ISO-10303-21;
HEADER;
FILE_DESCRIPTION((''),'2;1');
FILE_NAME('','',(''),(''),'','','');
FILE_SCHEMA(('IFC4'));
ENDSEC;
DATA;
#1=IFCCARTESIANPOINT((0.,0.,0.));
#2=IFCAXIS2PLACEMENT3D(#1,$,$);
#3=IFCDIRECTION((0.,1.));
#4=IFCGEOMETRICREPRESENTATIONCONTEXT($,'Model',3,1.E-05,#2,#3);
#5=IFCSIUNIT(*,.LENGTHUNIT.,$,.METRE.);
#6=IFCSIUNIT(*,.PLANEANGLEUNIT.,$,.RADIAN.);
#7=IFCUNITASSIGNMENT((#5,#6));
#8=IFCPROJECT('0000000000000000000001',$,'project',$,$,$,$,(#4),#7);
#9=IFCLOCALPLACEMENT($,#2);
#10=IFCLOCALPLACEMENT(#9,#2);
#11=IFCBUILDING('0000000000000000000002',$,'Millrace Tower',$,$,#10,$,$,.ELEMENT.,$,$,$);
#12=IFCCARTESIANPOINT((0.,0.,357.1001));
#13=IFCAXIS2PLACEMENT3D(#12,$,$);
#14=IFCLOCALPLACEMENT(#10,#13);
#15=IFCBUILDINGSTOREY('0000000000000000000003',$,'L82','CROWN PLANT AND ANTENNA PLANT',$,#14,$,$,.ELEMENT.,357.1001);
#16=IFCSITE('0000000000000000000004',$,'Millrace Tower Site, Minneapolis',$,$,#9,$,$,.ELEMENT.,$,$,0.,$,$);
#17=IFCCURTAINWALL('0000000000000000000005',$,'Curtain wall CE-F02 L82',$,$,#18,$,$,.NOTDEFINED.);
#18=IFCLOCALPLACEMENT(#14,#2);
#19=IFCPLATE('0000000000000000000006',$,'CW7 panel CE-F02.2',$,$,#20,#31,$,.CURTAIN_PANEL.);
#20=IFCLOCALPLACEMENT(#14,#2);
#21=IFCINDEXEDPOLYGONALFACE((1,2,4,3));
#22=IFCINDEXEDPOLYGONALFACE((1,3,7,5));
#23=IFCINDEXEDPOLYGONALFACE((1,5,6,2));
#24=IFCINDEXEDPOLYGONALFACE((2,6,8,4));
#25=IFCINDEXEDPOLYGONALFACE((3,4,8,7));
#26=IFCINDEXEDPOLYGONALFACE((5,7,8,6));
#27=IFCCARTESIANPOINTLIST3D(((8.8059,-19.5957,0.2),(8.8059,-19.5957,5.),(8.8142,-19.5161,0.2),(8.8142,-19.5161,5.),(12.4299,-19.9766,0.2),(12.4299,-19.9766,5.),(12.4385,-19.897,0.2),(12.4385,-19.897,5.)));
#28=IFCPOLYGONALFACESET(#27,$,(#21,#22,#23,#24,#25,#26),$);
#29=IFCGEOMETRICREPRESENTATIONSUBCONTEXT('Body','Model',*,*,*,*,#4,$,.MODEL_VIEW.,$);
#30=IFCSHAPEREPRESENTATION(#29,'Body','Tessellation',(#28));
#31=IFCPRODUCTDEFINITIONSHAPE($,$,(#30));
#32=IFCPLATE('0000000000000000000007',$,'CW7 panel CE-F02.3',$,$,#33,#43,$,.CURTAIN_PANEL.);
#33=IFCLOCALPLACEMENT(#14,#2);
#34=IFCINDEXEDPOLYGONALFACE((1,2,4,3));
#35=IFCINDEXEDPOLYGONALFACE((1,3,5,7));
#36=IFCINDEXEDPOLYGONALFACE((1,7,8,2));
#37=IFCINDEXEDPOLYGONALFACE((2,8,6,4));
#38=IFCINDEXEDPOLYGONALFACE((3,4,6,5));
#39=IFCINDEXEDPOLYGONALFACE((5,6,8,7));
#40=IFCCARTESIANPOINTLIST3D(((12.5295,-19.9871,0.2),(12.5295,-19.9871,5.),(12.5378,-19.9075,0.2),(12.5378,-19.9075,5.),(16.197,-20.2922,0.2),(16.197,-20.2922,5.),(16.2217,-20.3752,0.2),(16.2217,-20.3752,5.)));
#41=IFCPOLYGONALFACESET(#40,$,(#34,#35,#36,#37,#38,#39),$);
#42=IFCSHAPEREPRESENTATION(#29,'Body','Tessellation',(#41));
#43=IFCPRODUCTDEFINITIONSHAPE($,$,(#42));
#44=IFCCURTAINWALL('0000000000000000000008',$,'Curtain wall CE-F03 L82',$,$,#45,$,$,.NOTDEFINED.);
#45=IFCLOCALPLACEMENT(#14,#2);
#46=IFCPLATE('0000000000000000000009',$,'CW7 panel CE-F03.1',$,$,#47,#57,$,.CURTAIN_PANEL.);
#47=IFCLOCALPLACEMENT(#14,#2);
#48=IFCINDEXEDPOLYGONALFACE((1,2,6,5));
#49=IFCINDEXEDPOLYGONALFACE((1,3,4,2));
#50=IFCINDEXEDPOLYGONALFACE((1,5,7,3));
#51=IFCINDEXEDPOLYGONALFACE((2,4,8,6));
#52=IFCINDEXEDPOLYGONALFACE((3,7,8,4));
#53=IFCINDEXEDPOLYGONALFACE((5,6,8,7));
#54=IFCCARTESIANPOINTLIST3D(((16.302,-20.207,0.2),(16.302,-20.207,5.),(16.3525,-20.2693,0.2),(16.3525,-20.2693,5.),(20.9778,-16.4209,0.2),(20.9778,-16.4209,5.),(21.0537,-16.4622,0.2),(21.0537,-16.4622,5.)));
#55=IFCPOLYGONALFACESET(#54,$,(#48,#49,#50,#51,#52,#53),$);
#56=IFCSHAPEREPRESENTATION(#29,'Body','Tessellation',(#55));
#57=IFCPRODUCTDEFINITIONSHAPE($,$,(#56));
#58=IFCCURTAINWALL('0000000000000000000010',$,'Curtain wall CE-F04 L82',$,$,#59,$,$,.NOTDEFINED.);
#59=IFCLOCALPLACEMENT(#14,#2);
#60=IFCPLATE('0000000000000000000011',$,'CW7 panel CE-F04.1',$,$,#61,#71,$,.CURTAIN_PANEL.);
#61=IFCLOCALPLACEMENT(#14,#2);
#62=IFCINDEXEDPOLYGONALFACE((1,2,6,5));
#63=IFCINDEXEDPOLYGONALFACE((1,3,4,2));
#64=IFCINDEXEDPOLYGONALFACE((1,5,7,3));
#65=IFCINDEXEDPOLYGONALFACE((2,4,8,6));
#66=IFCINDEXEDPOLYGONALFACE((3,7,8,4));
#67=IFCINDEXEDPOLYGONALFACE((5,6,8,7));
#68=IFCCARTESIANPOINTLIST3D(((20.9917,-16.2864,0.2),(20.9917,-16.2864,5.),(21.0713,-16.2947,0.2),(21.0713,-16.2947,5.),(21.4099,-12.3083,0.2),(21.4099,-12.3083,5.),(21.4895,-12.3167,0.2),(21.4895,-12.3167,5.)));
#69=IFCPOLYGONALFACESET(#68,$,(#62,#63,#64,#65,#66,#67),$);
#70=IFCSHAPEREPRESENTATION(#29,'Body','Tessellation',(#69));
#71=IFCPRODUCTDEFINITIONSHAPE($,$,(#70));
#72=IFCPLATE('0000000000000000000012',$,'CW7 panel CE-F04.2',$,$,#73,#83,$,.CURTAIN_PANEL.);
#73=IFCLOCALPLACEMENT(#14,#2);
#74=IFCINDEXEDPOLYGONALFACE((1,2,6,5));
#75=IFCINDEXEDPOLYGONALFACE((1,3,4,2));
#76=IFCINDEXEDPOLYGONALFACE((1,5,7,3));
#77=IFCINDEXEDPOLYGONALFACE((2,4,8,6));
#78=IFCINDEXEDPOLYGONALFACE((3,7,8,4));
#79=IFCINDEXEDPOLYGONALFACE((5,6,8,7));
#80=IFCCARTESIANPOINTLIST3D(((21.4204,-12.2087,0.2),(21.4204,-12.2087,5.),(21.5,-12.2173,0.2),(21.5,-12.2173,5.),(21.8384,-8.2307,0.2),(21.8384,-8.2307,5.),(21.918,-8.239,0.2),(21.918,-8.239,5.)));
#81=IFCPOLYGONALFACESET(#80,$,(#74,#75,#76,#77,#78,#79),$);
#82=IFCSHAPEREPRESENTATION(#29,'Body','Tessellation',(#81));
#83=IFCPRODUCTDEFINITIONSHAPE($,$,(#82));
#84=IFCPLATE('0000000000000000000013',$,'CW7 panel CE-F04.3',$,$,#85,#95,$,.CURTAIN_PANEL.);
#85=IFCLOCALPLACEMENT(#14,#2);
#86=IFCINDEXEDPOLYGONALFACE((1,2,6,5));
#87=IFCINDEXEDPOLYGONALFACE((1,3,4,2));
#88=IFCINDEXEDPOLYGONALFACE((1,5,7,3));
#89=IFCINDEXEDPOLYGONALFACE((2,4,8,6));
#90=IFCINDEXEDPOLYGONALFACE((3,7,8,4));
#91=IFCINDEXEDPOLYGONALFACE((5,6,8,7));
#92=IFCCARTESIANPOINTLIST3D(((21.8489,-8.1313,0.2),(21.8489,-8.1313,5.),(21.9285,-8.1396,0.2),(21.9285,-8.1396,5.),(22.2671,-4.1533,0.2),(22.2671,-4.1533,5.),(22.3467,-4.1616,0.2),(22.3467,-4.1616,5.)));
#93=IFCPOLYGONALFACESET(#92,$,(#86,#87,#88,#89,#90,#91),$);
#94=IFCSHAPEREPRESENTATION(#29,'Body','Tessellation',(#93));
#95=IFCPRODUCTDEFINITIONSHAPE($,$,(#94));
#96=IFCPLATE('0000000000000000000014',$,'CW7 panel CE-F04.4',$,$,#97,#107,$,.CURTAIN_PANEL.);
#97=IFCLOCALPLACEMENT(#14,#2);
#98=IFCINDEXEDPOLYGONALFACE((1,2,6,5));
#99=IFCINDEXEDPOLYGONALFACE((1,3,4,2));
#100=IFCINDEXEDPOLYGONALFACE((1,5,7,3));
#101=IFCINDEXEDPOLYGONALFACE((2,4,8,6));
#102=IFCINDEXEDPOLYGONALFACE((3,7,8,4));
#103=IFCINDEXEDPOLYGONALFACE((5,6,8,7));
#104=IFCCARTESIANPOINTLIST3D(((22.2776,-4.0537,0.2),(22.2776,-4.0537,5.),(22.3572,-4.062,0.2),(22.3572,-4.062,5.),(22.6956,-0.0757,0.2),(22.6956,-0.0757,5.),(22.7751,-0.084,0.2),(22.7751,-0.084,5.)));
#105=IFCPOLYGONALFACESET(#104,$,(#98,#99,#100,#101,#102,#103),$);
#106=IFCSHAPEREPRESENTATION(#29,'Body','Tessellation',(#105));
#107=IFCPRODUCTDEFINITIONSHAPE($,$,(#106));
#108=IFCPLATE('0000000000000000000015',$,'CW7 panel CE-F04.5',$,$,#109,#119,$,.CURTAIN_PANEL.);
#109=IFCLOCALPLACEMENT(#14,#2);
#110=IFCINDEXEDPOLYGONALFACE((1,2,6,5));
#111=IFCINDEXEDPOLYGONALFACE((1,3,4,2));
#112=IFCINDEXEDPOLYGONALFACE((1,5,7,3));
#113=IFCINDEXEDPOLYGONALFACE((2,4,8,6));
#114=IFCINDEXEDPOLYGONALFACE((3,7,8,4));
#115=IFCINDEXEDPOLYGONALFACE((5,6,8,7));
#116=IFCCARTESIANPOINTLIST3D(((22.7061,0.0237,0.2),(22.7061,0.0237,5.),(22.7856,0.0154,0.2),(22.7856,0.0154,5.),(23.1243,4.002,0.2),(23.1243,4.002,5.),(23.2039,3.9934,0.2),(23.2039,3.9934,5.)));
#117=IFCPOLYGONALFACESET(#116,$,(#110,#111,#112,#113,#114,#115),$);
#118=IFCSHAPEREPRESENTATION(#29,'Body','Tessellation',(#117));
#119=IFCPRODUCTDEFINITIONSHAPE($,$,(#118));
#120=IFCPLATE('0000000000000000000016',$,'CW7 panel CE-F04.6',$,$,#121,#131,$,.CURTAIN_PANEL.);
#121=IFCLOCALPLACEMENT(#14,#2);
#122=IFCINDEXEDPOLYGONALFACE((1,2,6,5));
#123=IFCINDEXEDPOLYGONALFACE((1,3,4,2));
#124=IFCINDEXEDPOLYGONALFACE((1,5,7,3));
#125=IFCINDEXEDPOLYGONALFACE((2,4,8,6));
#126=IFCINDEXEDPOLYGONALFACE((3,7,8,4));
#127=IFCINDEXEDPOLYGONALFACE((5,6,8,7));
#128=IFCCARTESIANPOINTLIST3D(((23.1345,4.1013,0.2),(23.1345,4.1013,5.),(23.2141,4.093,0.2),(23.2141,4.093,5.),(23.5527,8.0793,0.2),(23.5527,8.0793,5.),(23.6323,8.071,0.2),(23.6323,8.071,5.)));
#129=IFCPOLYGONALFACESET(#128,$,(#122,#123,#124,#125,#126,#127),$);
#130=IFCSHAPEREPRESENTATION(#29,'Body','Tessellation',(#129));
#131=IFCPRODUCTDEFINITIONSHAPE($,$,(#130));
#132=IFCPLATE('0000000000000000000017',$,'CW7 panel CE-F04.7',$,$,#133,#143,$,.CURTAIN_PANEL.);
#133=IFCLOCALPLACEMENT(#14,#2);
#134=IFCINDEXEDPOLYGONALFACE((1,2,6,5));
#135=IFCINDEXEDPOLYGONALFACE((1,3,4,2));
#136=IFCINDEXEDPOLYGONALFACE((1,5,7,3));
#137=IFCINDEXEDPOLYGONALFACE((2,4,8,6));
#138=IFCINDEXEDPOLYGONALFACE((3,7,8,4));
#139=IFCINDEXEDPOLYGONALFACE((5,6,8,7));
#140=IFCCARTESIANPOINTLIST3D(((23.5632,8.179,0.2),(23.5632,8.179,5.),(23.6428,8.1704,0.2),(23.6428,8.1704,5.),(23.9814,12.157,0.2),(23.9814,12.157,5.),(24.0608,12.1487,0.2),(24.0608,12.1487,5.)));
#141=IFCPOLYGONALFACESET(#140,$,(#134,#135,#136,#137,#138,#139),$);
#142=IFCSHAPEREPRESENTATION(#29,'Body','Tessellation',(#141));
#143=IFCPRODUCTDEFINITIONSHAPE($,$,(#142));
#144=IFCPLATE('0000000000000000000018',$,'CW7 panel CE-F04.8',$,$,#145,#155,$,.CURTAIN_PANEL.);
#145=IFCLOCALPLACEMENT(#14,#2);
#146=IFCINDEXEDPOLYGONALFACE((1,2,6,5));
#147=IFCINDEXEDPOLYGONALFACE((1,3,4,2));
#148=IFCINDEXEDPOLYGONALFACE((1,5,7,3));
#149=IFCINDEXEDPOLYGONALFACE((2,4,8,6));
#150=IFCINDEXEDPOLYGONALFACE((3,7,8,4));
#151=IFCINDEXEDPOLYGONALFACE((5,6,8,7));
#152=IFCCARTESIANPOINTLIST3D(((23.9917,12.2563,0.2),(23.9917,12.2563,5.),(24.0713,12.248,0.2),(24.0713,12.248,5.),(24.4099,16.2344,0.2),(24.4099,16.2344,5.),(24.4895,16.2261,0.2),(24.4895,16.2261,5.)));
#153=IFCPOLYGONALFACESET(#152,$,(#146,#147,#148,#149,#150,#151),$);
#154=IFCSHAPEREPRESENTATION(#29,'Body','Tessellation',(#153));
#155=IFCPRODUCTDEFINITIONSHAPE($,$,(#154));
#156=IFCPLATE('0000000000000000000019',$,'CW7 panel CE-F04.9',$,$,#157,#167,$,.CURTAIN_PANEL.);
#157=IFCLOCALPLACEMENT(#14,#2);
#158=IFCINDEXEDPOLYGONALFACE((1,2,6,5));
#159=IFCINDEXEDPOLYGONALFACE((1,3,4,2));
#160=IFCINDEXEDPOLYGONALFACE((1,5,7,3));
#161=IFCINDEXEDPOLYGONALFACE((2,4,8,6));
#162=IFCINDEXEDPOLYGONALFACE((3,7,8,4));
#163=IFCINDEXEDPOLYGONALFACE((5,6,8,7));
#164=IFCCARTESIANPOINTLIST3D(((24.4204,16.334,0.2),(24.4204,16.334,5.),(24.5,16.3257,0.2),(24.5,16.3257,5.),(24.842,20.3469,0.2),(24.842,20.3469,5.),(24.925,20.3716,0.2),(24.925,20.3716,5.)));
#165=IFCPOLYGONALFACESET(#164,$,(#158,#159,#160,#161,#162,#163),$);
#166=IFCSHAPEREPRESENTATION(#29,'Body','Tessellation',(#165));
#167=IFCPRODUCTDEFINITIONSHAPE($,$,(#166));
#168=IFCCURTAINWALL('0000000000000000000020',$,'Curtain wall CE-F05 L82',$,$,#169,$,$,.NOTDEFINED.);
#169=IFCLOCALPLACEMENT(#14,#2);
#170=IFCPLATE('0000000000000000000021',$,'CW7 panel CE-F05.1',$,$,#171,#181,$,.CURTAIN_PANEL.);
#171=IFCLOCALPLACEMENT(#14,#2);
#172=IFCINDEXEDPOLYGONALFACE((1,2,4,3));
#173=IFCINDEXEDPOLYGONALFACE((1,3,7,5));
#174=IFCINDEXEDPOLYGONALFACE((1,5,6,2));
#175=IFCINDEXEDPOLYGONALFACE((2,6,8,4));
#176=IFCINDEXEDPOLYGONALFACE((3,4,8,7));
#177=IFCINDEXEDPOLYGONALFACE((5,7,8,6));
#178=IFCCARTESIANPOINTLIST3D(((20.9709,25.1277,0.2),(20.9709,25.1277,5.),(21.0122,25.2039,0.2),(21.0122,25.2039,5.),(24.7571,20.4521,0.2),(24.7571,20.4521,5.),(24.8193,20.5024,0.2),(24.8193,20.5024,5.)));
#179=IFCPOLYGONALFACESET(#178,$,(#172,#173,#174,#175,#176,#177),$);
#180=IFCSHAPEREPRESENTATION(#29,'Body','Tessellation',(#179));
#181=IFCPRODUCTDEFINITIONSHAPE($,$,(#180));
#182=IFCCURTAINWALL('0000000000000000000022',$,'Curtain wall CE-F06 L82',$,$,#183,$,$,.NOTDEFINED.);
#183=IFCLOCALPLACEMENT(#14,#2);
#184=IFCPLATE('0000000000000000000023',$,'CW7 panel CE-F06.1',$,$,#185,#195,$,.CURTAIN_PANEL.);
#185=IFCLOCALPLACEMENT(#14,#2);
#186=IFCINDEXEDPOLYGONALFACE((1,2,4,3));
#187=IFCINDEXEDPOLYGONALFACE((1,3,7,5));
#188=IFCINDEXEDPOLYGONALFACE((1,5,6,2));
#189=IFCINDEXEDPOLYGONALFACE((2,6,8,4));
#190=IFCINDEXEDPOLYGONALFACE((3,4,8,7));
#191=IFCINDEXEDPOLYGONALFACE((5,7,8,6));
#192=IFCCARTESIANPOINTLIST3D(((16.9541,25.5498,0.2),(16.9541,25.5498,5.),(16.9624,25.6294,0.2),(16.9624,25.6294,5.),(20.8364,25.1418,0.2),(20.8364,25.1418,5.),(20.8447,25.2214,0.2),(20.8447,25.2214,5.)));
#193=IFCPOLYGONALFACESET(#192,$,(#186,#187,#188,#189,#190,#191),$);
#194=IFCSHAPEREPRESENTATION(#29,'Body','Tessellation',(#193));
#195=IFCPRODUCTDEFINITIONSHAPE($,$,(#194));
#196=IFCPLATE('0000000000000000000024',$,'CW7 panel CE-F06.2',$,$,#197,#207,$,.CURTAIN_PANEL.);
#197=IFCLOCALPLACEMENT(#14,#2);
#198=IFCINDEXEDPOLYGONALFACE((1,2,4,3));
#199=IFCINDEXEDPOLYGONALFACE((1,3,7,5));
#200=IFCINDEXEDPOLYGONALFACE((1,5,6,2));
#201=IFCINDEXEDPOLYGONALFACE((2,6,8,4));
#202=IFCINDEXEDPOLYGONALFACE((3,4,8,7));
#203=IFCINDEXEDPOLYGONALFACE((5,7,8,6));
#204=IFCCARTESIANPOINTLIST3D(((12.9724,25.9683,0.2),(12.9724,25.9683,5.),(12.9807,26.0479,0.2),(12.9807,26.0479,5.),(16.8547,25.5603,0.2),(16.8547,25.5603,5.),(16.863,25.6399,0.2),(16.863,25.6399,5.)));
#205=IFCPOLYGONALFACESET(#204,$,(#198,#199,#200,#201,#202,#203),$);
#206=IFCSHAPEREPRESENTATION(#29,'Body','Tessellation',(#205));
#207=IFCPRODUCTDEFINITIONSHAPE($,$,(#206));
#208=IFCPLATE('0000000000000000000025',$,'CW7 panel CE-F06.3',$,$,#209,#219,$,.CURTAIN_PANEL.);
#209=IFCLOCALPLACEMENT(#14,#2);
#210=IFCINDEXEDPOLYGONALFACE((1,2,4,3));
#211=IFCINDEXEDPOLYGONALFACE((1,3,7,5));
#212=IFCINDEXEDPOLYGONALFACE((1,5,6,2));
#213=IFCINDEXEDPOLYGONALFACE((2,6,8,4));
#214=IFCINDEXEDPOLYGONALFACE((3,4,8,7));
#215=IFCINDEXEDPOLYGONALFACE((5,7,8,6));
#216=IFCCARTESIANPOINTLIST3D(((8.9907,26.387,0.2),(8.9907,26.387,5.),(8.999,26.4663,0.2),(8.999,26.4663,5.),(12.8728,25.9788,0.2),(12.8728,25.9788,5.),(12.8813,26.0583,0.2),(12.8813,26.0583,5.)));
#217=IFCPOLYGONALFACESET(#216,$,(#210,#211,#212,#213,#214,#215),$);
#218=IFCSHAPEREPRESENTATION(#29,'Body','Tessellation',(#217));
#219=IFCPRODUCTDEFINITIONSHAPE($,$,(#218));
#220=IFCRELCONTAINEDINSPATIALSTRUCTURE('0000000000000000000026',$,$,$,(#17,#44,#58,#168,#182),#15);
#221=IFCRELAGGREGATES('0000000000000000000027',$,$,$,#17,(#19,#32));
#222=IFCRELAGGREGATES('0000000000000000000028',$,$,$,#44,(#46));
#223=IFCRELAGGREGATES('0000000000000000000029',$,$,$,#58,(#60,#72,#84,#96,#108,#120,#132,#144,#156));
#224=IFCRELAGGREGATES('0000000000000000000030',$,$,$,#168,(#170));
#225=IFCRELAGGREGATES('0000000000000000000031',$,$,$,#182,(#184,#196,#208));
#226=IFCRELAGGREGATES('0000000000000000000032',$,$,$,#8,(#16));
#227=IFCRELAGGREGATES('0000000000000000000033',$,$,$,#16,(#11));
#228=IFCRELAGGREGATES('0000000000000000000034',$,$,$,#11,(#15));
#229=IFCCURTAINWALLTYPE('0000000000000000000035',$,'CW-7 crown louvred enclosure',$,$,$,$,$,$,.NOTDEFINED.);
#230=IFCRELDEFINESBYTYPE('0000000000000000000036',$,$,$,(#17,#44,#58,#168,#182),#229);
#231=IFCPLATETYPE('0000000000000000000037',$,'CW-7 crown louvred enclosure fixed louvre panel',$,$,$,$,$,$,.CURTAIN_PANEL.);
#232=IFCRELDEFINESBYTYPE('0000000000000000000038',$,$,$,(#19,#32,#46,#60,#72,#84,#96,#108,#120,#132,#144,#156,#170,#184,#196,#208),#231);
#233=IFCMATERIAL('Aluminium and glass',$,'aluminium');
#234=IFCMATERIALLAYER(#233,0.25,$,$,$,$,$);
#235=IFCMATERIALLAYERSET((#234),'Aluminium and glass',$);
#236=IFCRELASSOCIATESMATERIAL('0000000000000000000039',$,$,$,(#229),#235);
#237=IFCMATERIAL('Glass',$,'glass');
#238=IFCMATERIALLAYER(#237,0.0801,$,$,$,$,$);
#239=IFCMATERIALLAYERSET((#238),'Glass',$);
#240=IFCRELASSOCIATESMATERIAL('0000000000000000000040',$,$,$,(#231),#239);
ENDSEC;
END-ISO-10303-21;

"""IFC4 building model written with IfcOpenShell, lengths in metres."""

from ifc_helpers import new_model, si_unit, direction, frame, origin, place, context, subcontext, project, spatial, polyline, outline, extrude, material, layer, layer_set, type_object, element, aggregate, save


model = new_model("IFC4")

# Units and contexts
model_context = context("Model", 3, precision=1e-05, world=origin(), true_north=direction((0.0, 1.0)))
body_context = subcontext(model_context, "Body", "Model", "MODEL_VIEW")
ifc_project = project(units=[si_unit("LENGTHUNIT", "METRE"), si_unit("PLANEANGLEUNIT", "RADIAN")], contexts=[model_context])

# Site, building, storey
site_placement = place(None, origin())
site = spatial("IfcSite", under=ifc_project, at=site_placement, Name="Millrace Tower Site, Minneapolis", CompositionType="ELEMENT", RefElevation=0.0)
building_placement = place(site_placement, origin())
building = spatial("IfcBuilding", under=site, at=building_placement, Name="Millrace Tower", CompositionType="ELEMENT")
storey_placement = place(building_placement, frame((0.0, 0.0, 357.1001)))
storey = spatial("IfcBuildingStorey", under=building, at=storey_placement, Name="L82", Description="CROWN PLANT AND ANTENNA PLANT", CompositionType="ELEMENT", Elevation=357.1001)

# Curtain wall, plates
ifc_material_1 = material(Name="Aluminium and glass", Category="aluminium")
ifc_layer_1 = layer(ifc_material_1, 0.25)
ifc_layer_set_1 = layer_set([ifc_layer_1], Name="Aluminium and glass")
curtain_wall_type = type_object("IfcCurtainWallType", Name="CW-7 crown louvred enclosure", PredefinedType="NOTDEFINED", material=ifc_layer_set_1)
placement_1 = place(storey_placement, origin())
ifc_material_2 = material(Name="Glass", Category="glass")
ifc_layer_2 = layer(ifc_material_2, 0.0801)
ifc_layer_set_2 = layer_set([ifc_layer_2], Name="Glass")
plate_type = type_object("IfcPlateType", Name="CW-7 crown louvred enclosure fixed louvre panel", PredefinedType="CURTAIN_PANEL", material=ifc_layer_set_2)
placement_2 = place(storey_placement, frame((0.0, 0.0, 0.2)))
curtain_wall_1 = element("IfcCurtainWall", 1, at=placement_1, inside=storey, type_object=curtain_wall_type, Name="Curtain wall CE-F02 L82", PredefinedType="NOTDEFINED")
plate_1 = element("IfcPlate", 2, at=placement_2, type_object=plate_type, Name="CW7 panel CE-F02.2", PredefinedType="CURTAIN_PANEL", context=body_context, shape_type="SweptSolid", body=[
    extrude(outline(polyline([(8.8059, -19.5957), (12.4299, -19.9766), (12.4385, -19.897), (8.8142, -19.5161), (8.8059, -19.5957)])), origin(), (0.0, 0.0, 1.0), 4.8),
])
plate_2 = element("IfcPlate", 3, at=placement_2, type_object=plate_type, Name="CW7 panel CE-F02.3", PredefinedType="CURTAIN_PANEL", context=body_context, shape_type="SweptSolid", body=[
    extrude(outline(polyline([(12.5295, -19.9871), (16.2217, -20.3752), (16.197, -20.2922), (12.5378, -19.9075), (12.5295, -19.9871)])), origin(), (0.0, 0.0, 1.0), 4.8),
])
aggregate(curtain_wall_1, [plate_1, plate_2])

# Curtain wall, plate
curtain_wall_2 = element("IfcCurtainWall", 4, at=placement_1, inside=storey, type_object=curtain_wall_type, Name="Curtain wall CE-F03 L82", PredefinedType="NOTDEFINED")
plate_3 = element("IfcPlate", 5, at=placement_2, type_object=plate_type, Name="CW7 panel CE-F03.1", PredefinedType="CURTAIN_PANEL", context=body_context, shape_type="SweptSolid", body=[
    extrude(outline(polyline([(16.3525, -20.2693), (21.0537, -16.4622), (20.9778, -16.4209), (16.302, -20.207), (16.3525, -20.2693)])), origin(), (0.0, 0.0, 1.0), 4.8),
])
aggregate(curtain_wall_2, [plate_3])

# Curtain wall, plates
curtain_wall_3 = element("IfcCurtainWall", 6, at=placement_1, inside=storey, type_object=curtain_wall_type, Name="Curtain wall CE-F04 L82", PredefinedType="NOTDEFINED")
plate_4 = element("IfcPlate", 7, at=placement_2, type_object=plate_type, Name="CW7 panel CE-F04.1", PredefinedType="CURTAIN_PANEL", context=body_context, shape_type="SweptSolid", body=[
    extrude(outline(polyline([(21.0713, -16.2947), (21.4895, -12.3167), (21.4099, -12.3083), (20.9917, -16.2864), (21.0713, -16.2947)])), origin(), (0.0, 0.0, 1.0), 4.8),
])
plate_5 = element("IfcPlate", 8, at=placement_2, type_object=plate_type, Name="CW7 panel CE-F04.2", PredefinedType="CURTAIN_PANEL", context=body_context, shape_type="SweptSolid", body=[
    extrude(outline(polyline([(21.5, -12.2173), (21.918, -8.239), (21.8384, -8.2307), (21.4204, -12.2087), (21.5, -12.2173)])), origin(), (0.0, 0.0, 1.0), 4.8),
])
plate_6 = element("IfcPlate", 9, at=placement_2, type_object=plate_type, Name="CW7 panel CE-F04.3", PredefinedType="CURTAIN_PANEL", context=body_context, shape_type="SweptSolid", body=[
    extrude(outline(polyline([(21.9285, -8.1396), (22.3467, -4.1616), (22.2671, -4.1533), (21.8489, -8.1313), (21.9285, -8.1396)])), origin(), (0.0, 0.0, 1.0), 4.8),
])
plate_7 = element("IfcPlate", 10, at=placement_2, type_object=plate_type, Name="CW7 panel CE-F04.4", PredefinedType="CURTAIN_PANEL", context=body_context, shape_type="SweptSolid", body=[
    extrude(outline(polyline([(22.3572, -4.062), (22.7751, -0.084), (22.6956, -0.0757), (22.2776, -4.0537), (22.3572, -4.062)])), origin(), (0.0, 0.0, 1.0), 4.8),
])
plate_8 = element("IfcPlate", 11, at=placement_2, type_object=plate_type, Name="CW7 panel CE-F04.5", PredefinedType="CURTAIN_PANEL", context=body_context, shape_type="SweptSolid", body=[
    extrude(outline(polyline([(22.7856, 0.0154), (23.2039, 3.9934), (23.1243, 4.002), (22.7061, 0.0237), (22.7856, 0.0154)])), origin(), (0.0, 0.0, 1.0), 4.8),
])
plate_9 = element("IfcPlate", 12, at=placement_2, type_object=plate_type, Name="CW7 panel CE-F04.6", PredefinedType="CURTAIN_PANEL", context=body_context, shape_type="SweptSolid", body=[
    extrude(outline(polyline([(23.2141, 4.093), (23.6323, 8.071), (23.5527, 8.0793), (23.1345, 4.1013), (23.2141, 4.093)])), origin(), (0.0, 0.0, 1.0), 4.8),
])
plate_10 = element("IfcPlate", 13, at=placement_2, type_object=plate_type, Name="CW7 panel CE-F04.7", PredefinedType="CURTAIN_PANEL", context=body_context, shape_type="SweptSolid", body=[
    extrude(outline(polyline([(23.6428, 8.1704), (24.0608, 12.1487), (23.9814, 12.157), (23.5632, 8.179), (23.6428, 8.1704)])), origin(), (0.0, 0.0, 1.0), 4.8),
])
plate_11 = element("IfcPlate", 14, at=placement_2, type_object=plate_type, Name="CW7 panel CE-F04.8", PredefinedType="CURTAIN_PANEL", context=body_context, shape_type="SweptSolid", body=[
    extrude(outline(polyline([(24.0713, 12.248), (24.4895, 16.2261), (24.4099, 16.2344), (23.9917, 12.2563), (24.0713, 12.248)])), origin(), (0.0, 0.0, 1.0), 4.8),
])
plate_12 = element("IfcPlate", 15, at=placement_2, type_object=plate_type, Name="CW7 panel CE-F04.9", PredefinedType="CURTAIN_PANEL", context=body_context, shape_type="SweptSolid", body=[
    extrude(outline(polyline([(24.5, 16.3257), (24.925, 20.3716), (24.842, 20.3469), (24.4204, 16.334), (24.5, 16.3257)])), origin(), (0.0, 0.0, 1.0), 4.8),
])
aggregate(curtain_wall_3, [plate_4, plate_5, plate_6, plate_7, plate_8, plate_9, plate_10, plate_11, plate_12])

# Curtain wall, plate
curtain_wall_4 = element("IfcCurtainWall", 16, at=placement_1, inside=storey, type_object=curtain_wall_type, Name="Curtain wall CE-F05 L82", PredefinedType="NOTDEFINED")
plate_13 = element("IfcPlate", 17, at=placement_2, type_object=plate_type, Name="CW7 panel CE-F05.1", PredefinedType="CURTAIN_PANEL", context=body_context, shape_type="SweptSolid", body=[
    extrude(outline(polyline([(24.8193, 20.5024), (21.0122, 25.2039), (20.9709, 25.1277), (24.7571, 20.4521), (24.8193, 20.5024)])), origin(), (0.0, 0.0, 1.0), 4.8),
])
aggregate(curtain_wall_4, [plate_13])

# Curtain wall, plates
curtain_wall_5 = element("IfcCurtainWall", 18, at=placement_1, inside=storey, type_object=curtain_wall_type, Name="Curtain wall CE-F06 L82", PredefinedType="NOTDEFINED")
plate_14 = element("IfcPlate", 19, at=placement_2, type_object=plate_type, Name="CW7 panel CE-F06.1", PredefinedType="CURTAIN_PANEL", context=body_context, shape_type="SweptSolid", body=[
    extrude(outline(polyline([(20.8447, 25.2214), (16.9624, 25.6294), (16.9541, 25.5498), (20.8364, 25.1418), (20.8447, 25.2214)])), origin(), (0.0, 0.0, 1.0), 4.8),
])
plate_15 = element("IfcPlate", 20, at=placement_2, type_object=plate_type, Name="CW7 panel CE-F06.2", PredefinedType="CURTAIN_PANEL", context=body_context, shape_type="SweptSolid", body=[
    extrude(outline(polyline([(16.863, 25.6399), (12.9807, 26.0479), (12.9724, 25.9683), (16.8547, 25.5603), (16.863, 25.6399)])), origin(), (0.0, 0.0, 1.0), 4.8),
])
plate_16 = element("IfcPlate", 21, at=placement_2, type_object=plate_type, Name="CW7 panel CE-F06.3", PredefinedType="CURTAIN_PANEL", context=body_context, shape_type="SweptSolid", body=[
    extrude(outline(polyline([(12.8813, 26.0583), (8.999, 26.4663), (8.9907, 26.387), (12.8728, 25.9788), (12.8813, 26.0583)])), origin(), (0.0, 0.0, 1.0), 4.8),
])
aggregate(curtain_wall_5, [plate_14, plate_15, plate_16])

save(model, "model.ifc")
